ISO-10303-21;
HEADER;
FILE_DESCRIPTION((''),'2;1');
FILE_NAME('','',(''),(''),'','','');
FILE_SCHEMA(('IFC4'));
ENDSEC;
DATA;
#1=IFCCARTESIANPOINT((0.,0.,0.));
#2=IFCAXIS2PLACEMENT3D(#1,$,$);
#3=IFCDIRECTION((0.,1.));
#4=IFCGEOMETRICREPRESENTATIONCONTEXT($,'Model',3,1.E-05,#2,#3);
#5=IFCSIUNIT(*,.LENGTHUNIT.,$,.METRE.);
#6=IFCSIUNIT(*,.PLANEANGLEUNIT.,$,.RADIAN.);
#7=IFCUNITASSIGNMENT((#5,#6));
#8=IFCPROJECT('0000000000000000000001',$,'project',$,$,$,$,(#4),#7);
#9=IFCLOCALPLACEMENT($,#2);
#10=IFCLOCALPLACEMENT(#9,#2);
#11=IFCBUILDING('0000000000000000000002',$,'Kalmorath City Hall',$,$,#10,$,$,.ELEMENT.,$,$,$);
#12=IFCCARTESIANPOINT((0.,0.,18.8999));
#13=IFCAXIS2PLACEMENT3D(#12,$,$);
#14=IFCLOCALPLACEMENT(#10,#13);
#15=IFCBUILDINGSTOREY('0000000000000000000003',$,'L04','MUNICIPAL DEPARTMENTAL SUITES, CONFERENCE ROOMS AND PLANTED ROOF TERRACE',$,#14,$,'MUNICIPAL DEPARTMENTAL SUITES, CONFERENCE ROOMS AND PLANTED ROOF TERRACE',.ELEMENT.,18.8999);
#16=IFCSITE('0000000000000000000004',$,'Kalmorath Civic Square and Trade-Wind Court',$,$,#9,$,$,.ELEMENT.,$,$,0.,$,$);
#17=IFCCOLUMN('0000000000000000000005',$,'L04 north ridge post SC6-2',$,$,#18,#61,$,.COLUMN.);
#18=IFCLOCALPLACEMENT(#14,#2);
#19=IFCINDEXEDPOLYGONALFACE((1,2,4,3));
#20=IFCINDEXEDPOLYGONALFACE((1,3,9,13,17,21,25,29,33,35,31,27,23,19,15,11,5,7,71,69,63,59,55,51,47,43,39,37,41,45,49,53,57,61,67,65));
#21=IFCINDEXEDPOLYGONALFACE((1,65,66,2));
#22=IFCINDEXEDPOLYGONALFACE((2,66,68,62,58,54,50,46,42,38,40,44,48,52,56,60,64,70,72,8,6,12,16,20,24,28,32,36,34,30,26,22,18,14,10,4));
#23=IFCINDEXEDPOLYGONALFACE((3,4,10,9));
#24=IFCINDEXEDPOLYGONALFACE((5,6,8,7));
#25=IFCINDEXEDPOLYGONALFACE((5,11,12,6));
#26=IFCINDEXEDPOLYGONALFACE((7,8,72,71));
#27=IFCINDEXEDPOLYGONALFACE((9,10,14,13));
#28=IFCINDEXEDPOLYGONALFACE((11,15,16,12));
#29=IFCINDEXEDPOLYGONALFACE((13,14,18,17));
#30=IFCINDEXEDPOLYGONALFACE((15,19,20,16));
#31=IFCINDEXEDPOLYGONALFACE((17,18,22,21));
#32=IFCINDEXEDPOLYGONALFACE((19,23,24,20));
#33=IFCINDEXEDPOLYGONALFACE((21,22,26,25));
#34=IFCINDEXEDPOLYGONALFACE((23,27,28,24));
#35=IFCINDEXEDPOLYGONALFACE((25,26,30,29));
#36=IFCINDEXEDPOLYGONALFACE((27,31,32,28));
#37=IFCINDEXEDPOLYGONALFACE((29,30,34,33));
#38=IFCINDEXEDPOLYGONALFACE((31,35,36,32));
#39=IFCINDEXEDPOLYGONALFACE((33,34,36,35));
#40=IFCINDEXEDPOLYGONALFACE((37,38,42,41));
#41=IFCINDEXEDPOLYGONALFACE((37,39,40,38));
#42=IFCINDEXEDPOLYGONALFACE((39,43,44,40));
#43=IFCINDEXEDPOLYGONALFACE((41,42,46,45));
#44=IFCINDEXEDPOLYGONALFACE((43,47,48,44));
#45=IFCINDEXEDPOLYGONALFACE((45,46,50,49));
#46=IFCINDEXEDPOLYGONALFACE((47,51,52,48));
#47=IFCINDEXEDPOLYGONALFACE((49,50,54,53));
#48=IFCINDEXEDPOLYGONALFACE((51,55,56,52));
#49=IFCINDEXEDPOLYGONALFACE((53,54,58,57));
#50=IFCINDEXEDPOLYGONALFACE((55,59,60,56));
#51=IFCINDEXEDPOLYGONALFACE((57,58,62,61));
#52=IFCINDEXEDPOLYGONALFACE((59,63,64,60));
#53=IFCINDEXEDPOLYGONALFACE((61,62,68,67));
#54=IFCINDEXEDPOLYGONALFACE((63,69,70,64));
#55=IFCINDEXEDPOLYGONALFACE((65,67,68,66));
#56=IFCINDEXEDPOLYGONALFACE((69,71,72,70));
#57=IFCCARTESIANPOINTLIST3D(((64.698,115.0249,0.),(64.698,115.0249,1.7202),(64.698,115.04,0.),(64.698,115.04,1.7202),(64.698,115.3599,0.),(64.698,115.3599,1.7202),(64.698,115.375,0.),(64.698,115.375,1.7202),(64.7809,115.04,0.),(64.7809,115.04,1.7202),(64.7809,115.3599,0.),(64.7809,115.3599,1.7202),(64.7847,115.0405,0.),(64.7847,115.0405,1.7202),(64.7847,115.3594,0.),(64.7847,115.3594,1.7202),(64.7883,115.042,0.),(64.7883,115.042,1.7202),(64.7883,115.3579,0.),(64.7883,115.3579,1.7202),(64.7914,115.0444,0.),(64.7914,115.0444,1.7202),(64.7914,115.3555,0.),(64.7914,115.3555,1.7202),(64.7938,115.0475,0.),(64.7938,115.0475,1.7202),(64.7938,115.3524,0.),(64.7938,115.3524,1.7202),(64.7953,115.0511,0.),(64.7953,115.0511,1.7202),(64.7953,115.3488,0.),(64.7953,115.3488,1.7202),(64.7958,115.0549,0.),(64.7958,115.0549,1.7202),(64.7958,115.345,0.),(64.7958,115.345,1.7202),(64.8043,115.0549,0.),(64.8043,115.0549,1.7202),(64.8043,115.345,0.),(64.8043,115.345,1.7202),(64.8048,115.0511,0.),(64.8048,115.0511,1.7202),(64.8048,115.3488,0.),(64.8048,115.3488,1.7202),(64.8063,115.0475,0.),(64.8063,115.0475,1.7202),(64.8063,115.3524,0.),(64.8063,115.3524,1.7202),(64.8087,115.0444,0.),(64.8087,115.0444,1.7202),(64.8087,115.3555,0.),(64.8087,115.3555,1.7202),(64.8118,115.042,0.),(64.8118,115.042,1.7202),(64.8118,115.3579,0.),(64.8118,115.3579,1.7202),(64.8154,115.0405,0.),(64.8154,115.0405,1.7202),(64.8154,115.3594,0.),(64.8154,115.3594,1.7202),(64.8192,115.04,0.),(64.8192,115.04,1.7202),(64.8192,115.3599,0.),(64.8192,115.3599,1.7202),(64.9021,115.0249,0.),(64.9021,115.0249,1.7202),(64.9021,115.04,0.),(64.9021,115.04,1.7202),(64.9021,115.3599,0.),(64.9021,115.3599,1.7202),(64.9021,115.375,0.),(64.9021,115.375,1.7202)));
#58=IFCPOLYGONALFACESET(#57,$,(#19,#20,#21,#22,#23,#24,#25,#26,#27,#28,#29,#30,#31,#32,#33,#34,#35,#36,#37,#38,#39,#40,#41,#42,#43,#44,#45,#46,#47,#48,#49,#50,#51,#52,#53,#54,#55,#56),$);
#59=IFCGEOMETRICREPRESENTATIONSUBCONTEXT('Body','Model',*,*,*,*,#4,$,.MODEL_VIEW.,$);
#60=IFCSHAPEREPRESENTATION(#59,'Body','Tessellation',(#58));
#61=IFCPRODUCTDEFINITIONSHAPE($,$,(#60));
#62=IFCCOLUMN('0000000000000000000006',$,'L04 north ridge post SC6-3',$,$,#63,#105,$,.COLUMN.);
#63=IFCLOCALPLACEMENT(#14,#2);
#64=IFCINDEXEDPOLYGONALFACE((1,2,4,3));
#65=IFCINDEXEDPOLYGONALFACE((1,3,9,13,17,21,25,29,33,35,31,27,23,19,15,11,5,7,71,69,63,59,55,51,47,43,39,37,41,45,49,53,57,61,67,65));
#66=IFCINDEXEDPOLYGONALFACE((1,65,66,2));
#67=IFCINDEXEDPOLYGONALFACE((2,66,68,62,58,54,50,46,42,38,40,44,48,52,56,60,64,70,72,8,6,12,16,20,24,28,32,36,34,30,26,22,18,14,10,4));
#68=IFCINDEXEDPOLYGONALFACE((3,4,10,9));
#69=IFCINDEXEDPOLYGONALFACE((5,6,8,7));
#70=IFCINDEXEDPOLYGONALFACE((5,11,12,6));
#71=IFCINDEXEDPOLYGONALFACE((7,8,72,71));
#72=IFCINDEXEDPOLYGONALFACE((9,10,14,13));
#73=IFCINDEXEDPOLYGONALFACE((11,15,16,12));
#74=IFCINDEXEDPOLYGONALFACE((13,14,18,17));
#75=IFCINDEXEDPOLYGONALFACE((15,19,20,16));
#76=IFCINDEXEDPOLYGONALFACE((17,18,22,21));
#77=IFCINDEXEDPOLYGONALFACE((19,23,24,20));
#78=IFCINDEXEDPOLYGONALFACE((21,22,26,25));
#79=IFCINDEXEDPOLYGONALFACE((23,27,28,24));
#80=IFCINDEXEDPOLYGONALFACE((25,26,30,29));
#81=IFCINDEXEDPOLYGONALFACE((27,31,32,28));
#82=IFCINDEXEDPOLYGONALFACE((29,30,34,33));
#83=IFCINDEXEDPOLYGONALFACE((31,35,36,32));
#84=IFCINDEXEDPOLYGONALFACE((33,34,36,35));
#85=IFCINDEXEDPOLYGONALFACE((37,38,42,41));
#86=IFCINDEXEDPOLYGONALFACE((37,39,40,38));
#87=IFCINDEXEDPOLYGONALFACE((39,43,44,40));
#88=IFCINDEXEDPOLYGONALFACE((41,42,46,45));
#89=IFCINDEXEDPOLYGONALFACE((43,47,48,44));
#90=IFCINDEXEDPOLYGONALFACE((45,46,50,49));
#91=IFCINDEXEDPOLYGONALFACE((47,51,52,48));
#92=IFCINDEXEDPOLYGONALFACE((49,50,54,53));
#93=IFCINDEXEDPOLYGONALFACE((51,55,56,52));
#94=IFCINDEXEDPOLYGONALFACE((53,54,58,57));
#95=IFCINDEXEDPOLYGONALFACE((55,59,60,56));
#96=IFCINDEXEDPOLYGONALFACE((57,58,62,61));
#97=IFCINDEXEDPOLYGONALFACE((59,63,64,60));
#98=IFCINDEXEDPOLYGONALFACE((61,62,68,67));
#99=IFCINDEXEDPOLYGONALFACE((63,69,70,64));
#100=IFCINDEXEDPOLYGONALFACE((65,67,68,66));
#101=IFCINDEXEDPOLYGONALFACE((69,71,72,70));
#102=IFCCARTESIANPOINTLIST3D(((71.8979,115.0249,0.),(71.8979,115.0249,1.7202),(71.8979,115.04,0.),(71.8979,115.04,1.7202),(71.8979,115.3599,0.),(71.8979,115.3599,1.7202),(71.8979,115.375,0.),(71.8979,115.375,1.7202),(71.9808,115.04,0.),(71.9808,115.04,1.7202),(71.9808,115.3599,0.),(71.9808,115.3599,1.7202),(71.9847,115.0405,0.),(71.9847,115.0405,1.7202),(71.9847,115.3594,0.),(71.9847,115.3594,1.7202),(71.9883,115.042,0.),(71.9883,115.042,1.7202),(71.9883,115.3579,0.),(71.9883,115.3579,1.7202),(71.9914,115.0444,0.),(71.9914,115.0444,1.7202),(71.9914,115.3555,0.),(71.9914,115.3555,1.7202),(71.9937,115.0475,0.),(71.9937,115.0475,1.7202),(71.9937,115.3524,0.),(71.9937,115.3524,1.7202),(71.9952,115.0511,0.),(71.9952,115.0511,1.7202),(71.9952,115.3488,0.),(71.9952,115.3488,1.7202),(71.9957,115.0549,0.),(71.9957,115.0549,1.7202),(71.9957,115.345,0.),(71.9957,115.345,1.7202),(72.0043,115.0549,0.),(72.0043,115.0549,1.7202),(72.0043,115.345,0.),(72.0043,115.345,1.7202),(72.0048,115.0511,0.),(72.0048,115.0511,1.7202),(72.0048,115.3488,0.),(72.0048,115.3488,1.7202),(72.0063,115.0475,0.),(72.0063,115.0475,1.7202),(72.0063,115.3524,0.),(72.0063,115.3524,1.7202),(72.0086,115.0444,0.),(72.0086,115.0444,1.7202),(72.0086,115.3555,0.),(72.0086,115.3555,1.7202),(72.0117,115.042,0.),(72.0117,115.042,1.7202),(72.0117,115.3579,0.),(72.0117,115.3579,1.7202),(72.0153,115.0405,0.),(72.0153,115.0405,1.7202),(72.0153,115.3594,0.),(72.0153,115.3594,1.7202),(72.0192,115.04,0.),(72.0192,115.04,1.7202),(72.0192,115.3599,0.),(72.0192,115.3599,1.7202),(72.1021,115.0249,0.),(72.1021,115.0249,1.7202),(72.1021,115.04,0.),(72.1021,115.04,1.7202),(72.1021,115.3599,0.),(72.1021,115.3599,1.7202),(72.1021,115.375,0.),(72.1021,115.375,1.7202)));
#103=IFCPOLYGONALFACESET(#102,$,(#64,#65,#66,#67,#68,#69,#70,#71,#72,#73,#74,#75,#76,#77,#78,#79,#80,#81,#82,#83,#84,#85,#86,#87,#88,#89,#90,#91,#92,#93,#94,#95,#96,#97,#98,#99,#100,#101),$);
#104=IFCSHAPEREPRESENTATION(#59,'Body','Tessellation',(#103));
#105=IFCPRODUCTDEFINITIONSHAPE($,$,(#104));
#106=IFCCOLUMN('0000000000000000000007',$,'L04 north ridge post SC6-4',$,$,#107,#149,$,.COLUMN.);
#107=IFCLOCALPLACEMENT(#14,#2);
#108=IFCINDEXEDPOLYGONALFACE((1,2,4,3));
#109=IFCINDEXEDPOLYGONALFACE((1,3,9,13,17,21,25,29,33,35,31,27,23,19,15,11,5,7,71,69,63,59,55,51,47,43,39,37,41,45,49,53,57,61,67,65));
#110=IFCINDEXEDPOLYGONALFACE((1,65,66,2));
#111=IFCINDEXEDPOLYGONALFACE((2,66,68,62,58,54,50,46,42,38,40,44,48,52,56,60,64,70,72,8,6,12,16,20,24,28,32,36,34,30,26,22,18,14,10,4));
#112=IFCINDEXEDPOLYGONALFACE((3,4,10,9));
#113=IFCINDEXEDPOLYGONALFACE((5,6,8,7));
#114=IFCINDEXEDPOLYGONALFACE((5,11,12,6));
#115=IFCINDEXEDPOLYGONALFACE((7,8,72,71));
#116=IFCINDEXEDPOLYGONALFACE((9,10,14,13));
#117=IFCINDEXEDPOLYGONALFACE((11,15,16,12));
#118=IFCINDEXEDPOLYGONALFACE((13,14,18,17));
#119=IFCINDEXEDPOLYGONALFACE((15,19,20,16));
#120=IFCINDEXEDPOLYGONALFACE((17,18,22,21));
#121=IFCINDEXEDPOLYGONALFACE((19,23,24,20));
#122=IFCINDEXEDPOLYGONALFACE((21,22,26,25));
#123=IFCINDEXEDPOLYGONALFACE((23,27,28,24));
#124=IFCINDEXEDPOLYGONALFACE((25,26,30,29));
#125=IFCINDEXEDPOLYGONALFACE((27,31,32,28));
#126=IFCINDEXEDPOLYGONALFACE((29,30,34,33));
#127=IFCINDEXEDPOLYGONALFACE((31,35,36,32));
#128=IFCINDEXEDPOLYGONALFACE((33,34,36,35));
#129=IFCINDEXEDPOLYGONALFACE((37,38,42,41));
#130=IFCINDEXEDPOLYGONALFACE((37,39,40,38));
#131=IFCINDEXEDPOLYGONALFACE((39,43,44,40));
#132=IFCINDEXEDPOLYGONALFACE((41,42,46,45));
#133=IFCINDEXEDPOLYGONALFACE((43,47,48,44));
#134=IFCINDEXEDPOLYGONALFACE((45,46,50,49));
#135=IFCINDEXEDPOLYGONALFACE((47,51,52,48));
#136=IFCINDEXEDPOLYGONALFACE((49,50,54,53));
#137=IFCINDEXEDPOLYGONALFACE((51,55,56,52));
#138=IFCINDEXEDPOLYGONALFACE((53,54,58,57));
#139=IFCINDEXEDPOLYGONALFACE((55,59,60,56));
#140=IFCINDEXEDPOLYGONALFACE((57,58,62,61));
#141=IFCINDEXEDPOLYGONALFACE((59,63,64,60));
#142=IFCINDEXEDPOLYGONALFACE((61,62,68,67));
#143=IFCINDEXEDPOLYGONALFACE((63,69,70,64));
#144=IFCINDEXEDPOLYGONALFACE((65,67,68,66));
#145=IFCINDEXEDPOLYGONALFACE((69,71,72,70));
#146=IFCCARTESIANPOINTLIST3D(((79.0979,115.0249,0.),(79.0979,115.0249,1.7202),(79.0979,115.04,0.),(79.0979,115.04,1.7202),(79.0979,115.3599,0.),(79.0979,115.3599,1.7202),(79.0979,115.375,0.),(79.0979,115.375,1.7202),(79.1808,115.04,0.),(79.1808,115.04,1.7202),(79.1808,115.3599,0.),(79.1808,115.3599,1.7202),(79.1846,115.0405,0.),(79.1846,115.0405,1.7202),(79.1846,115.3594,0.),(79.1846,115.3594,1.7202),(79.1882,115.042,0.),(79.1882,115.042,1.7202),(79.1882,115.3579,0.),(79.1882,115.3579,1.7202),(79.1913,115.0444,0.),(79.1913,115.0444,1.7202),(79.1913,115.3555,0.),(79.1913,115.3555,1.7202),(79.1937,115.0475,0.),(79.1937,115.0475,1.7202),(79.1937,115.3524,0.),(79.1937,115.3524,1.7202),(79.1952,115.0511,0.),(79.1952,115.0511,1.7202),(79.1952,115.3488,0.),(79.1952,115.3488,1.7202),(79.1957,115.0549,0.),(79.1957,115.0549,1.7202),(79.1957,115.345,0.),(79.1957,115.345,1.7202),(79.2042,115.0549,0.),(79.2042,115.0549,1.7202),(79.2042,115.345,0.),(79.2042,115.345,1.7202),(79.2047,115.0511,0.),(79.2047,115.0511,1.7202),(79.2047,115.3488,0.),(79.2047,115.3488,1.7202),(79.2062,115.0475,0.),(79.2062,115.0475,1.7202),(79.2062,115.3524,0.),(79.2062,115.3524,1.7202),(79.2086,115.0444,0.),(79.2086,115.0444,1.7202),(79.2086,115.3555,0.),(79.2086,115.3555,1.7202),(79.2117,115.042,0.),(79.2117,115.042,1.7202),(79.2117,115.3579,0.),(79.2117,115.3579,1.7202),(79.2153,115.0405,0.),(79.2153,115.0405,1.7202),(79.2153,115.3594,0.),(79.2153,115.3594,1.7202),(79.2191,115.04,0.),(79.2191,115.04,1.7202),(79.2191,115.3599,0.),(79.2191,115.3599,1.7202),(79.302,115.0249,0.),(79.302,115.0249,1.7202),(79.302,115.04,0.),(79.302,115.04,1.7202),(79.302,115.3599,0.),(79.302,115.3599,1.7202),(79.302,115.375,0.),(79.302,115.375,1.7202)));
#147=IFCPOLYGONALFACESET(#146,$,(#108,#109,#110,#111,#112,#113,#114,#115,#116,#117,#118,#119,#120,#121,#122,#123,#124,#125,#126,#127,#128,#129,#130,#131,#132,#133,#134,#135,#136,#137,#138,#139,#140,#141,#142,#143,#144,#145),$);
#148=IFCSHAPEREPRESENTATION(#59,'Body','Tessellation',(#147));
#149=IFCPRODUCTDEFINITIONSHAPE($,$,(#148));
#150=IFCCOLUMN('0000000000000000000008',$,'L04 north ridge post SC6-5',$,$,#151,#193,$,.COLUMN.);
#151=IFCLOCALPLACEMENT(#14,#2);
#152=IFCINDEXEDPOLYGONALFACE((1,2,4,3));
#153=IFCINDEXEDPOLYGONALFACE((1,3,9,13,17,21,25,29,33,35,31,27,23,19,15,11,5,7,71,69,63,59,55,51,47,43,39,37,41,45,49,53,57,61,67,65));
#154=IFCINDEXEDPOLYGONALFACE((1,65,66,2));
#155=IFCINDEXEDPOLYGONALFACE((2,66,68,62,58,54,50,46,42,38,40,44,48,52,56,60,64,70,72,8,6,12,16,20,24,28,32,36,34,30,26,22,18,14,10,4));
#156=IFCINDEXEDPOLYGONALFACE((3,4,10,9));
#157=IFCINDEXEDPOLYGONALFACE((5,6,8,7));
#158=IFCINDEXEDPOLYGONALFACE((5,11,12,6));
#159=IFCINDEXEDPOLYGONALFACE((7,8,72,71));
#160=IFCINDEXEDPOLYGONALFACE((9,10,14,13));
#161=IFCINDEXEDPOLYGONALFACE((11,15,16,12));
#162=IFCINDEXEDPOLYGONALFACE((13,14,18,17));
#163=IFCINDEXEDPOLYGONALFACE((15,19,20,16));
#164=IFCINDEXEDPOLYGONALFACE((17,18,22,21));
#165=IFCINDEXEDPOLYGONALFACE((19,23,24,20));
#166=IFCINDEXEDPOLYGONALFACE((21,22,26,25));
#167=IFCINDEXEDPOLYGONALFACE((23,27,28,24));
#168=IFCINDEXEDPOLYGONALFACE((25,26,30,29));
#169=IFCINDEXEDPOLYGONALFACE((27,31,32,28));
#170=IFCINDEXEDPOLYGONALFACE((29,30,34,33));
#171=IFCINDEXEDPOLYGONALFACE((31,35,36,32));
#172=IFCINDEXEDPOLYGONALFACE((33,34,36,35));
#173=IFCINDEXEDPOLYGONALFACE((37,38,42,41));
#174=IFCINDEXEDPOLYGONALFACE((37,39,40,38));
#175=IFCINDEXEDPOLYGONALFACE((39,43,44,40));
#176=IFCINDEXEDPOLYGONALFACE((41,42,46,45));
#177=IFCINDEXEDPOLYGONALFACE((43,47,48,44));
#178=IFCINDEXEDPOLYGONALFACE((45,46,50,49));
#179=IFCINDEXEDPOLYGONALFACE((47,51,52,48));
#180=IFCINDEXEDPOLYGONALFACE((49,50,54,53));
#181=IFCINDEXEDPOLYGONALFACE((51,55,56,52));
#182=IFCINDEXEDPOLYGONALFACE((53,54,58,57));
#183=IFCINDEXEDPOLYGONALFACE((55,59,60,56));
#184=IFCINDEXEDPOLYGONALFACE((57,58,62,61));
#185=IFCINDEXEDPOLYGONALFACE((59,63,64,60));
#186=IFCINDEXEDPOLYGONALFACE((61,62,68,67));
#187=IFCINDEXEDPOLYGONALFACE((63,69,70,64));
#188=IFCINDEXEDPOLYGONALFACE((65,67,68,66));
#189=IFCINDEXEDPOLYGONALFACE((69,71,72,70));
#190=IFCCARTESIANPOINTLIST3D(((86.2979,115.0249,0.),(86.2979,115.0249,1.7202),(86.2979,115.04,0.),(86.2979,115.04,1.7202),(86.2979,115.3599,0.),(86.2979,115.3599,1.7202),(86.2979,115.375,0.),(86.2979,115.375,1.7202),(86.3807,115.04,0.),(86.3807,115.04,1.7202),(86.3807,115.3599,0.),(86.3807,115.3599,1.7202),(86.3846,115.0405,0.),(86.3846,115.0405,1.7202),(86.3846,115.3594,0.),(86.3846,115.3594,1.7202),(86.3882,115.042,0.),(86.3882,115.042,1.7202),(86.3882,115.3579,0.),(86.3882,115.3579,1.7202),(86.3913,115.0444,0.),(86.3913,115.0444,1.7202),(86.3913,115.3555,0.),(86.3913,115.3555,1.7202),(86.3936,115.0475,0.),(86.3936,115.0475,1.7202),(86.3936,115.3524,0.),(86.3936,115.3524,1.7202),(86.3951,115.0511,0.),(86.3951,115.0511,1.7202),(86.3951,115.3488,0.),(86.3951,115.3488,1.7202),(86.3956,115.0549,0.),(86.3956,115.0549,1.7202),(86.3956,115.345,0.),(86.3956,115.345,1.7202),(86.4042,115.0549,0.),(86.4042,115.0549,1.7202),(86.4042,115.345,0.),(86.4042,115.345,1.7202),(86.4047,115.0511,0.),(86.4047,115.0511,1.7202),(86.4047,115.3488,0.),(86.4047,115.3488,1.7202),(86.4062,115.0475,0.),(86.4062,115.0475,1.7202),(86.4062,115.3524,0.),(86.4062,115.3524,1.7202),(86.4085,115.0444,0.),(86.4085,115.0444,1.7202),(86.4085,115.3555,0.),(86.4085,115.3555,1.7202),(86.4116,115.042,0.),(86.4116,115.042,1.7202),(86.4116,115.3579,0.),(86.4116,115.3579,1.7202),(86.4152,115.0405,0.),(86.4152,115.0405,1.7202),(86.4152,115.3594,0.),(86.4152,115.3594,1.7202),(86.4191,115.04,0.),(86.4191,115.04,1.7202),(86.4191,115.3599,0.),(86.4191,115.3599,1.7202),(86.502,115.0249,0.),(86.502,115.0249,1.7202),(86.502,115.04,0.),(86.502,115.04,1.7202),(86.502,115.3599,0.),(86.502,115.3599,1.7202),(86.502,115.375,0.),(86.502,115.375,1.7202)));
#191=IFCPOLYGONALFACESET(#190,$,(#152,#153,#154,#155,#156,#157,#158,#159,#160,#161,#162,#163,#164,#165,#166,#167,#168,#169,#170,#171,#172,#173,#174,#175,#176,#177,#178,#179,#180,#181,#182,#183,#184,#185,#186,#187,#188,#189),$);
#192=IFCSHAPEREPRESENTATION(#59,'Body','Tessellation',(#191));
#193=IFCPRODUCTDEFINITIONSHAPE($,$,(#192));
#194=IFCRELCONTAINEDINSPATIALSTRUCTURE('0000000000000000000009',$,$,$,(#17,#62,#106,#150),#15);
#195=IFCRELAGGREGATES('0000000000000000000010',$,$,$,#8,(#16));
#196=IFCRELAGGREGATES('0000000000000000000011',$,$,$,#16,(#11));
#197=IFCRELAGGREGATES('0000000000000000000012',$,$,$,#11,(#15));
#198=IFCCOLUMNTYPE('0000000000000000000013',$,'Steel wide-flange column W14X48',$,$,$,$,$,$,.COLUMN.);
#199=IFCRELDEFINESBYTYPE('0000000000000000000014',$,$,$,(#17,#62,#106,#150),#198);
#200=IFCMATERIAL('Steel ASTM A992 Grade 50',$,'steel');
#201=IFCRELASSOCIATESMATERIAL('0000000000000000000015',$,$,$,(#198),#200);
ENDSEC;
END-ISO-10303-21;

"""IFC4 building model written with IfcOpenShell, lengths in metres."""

from ifc_helpers import new_model, si_unit, direction, frame, origin, origin_2d, place, context, subcontext, project, spatial, i_section, extrude, material, material_profile, profile_set, type_object, element, save


model = new_model("IFC4")

# Units and contexts
model_context = context("Model", 3, precision=1e-05, world=origin(), true_north=direction((0.0, 1.0)))
body_context = subcontext(model_context, "Body", "Model", "MODEL_VIEW")
ifc_project = project(units=[si_unit("LENGTHUNIT", "METRE"), si_unit("PLANEANGLEUNIT", "RADIAN")], contexts=[model_context])

# Site, building, storey
site_placement = place(None, origin())
site = spatial("IfcSite", under=ifc_project, at=site_placement, Name="Kalmorath Civic Square and Trade-Wind Court", CompositionType="ELEMENT", RefElevation=0.0)
building_placement = place(site_placement, origin())
building = spatial("IfcBuilding", under=site, at=building_placement, Name="Kalmorath City Hall", CompositionType="ELEMENT")
storey_placement = place(building_placement, frame((0.0, 0.0, 18.8999)))
storey = spatial("IfcBuildingStorey", under=building, at=storey_placement, Name="L04", Description="MUNICIPAL DEPARTMENTAL SUITES, CONFERENCE ROOMS AND PLANTED ROOF TERRACE", LongName="MUNICIPAL DEPARTMENTAL SUITES, CONFERENCE ROOMS AND PLANTED ROOF TERRACE", CompositionType="ELEMENT", Elevation=18.8999)

# Columns
ifc_material_1 = material(Name="Steel ASTM A992 Grade 50", Category="steel")
ifc_material_profile_1 = material_profile(ifc_material_1, i_section(OverallWidth=0.2041, OverallDepth=0.3501, WebThickness=0.0085, FlangeThickness=0.0151, FilletRadius=0.0149, at=origin_2d()), Name="W14X48")
ifc_profile_set_1 = profile_set([ifc_material_profile_1], Name="Steel ASTM A992 Grade 50")
column_type = type_object("IfcColumnType", Name="Steel wide-flange column W14X48", PredefinedType="COLUMN", material=ifc_profile_set_1)
for number, where, z_axis, x_axis, name in (
    (1, (64.8, 115.2, 0.0), (0.0, 0.0, 1.0), (1.0, 0.0, 0.0), "L04 north ridge post SC6-2"),
    (2, (72.0, 115.2, 0.0), (0.0, 0.0, 1.0), (1.0, 0.0, 0.0), "L04 north ridge post SC6-3"),
    (3, (79.2, 115.2, 0.0), (0.0, 0.0, 1.0), (1.0, 0.0, 0.0), "L04 north ridge post SC6-4"),
    (4, (86.3999, 115.2, 0.0), (0.0, 0.0, 1.0), (1.0, 0.0, 0.0), "L04 north ridge post SC6-5"),
):
    element("IfcColumn", number, at=place(storey_placement, frame(where, z_axis=z_axis, x_axis=x_axis)), inside=storey, type_object=column_type, Name=name, PredefinedType="COLUMN", context=body_context, shape_type="SweptSolid", body=[
        extrude(i_section(OverallWidth=0.2041, OverallDepth=0.3501, WebThickness=0.0085, FlangeThickness=0.0151, FilletRadius=0.0149, at=origin_2d()), origin(), (0.0, 0.0, 1.0), 1.7202),
    ])

save(model, "model.ifc")
